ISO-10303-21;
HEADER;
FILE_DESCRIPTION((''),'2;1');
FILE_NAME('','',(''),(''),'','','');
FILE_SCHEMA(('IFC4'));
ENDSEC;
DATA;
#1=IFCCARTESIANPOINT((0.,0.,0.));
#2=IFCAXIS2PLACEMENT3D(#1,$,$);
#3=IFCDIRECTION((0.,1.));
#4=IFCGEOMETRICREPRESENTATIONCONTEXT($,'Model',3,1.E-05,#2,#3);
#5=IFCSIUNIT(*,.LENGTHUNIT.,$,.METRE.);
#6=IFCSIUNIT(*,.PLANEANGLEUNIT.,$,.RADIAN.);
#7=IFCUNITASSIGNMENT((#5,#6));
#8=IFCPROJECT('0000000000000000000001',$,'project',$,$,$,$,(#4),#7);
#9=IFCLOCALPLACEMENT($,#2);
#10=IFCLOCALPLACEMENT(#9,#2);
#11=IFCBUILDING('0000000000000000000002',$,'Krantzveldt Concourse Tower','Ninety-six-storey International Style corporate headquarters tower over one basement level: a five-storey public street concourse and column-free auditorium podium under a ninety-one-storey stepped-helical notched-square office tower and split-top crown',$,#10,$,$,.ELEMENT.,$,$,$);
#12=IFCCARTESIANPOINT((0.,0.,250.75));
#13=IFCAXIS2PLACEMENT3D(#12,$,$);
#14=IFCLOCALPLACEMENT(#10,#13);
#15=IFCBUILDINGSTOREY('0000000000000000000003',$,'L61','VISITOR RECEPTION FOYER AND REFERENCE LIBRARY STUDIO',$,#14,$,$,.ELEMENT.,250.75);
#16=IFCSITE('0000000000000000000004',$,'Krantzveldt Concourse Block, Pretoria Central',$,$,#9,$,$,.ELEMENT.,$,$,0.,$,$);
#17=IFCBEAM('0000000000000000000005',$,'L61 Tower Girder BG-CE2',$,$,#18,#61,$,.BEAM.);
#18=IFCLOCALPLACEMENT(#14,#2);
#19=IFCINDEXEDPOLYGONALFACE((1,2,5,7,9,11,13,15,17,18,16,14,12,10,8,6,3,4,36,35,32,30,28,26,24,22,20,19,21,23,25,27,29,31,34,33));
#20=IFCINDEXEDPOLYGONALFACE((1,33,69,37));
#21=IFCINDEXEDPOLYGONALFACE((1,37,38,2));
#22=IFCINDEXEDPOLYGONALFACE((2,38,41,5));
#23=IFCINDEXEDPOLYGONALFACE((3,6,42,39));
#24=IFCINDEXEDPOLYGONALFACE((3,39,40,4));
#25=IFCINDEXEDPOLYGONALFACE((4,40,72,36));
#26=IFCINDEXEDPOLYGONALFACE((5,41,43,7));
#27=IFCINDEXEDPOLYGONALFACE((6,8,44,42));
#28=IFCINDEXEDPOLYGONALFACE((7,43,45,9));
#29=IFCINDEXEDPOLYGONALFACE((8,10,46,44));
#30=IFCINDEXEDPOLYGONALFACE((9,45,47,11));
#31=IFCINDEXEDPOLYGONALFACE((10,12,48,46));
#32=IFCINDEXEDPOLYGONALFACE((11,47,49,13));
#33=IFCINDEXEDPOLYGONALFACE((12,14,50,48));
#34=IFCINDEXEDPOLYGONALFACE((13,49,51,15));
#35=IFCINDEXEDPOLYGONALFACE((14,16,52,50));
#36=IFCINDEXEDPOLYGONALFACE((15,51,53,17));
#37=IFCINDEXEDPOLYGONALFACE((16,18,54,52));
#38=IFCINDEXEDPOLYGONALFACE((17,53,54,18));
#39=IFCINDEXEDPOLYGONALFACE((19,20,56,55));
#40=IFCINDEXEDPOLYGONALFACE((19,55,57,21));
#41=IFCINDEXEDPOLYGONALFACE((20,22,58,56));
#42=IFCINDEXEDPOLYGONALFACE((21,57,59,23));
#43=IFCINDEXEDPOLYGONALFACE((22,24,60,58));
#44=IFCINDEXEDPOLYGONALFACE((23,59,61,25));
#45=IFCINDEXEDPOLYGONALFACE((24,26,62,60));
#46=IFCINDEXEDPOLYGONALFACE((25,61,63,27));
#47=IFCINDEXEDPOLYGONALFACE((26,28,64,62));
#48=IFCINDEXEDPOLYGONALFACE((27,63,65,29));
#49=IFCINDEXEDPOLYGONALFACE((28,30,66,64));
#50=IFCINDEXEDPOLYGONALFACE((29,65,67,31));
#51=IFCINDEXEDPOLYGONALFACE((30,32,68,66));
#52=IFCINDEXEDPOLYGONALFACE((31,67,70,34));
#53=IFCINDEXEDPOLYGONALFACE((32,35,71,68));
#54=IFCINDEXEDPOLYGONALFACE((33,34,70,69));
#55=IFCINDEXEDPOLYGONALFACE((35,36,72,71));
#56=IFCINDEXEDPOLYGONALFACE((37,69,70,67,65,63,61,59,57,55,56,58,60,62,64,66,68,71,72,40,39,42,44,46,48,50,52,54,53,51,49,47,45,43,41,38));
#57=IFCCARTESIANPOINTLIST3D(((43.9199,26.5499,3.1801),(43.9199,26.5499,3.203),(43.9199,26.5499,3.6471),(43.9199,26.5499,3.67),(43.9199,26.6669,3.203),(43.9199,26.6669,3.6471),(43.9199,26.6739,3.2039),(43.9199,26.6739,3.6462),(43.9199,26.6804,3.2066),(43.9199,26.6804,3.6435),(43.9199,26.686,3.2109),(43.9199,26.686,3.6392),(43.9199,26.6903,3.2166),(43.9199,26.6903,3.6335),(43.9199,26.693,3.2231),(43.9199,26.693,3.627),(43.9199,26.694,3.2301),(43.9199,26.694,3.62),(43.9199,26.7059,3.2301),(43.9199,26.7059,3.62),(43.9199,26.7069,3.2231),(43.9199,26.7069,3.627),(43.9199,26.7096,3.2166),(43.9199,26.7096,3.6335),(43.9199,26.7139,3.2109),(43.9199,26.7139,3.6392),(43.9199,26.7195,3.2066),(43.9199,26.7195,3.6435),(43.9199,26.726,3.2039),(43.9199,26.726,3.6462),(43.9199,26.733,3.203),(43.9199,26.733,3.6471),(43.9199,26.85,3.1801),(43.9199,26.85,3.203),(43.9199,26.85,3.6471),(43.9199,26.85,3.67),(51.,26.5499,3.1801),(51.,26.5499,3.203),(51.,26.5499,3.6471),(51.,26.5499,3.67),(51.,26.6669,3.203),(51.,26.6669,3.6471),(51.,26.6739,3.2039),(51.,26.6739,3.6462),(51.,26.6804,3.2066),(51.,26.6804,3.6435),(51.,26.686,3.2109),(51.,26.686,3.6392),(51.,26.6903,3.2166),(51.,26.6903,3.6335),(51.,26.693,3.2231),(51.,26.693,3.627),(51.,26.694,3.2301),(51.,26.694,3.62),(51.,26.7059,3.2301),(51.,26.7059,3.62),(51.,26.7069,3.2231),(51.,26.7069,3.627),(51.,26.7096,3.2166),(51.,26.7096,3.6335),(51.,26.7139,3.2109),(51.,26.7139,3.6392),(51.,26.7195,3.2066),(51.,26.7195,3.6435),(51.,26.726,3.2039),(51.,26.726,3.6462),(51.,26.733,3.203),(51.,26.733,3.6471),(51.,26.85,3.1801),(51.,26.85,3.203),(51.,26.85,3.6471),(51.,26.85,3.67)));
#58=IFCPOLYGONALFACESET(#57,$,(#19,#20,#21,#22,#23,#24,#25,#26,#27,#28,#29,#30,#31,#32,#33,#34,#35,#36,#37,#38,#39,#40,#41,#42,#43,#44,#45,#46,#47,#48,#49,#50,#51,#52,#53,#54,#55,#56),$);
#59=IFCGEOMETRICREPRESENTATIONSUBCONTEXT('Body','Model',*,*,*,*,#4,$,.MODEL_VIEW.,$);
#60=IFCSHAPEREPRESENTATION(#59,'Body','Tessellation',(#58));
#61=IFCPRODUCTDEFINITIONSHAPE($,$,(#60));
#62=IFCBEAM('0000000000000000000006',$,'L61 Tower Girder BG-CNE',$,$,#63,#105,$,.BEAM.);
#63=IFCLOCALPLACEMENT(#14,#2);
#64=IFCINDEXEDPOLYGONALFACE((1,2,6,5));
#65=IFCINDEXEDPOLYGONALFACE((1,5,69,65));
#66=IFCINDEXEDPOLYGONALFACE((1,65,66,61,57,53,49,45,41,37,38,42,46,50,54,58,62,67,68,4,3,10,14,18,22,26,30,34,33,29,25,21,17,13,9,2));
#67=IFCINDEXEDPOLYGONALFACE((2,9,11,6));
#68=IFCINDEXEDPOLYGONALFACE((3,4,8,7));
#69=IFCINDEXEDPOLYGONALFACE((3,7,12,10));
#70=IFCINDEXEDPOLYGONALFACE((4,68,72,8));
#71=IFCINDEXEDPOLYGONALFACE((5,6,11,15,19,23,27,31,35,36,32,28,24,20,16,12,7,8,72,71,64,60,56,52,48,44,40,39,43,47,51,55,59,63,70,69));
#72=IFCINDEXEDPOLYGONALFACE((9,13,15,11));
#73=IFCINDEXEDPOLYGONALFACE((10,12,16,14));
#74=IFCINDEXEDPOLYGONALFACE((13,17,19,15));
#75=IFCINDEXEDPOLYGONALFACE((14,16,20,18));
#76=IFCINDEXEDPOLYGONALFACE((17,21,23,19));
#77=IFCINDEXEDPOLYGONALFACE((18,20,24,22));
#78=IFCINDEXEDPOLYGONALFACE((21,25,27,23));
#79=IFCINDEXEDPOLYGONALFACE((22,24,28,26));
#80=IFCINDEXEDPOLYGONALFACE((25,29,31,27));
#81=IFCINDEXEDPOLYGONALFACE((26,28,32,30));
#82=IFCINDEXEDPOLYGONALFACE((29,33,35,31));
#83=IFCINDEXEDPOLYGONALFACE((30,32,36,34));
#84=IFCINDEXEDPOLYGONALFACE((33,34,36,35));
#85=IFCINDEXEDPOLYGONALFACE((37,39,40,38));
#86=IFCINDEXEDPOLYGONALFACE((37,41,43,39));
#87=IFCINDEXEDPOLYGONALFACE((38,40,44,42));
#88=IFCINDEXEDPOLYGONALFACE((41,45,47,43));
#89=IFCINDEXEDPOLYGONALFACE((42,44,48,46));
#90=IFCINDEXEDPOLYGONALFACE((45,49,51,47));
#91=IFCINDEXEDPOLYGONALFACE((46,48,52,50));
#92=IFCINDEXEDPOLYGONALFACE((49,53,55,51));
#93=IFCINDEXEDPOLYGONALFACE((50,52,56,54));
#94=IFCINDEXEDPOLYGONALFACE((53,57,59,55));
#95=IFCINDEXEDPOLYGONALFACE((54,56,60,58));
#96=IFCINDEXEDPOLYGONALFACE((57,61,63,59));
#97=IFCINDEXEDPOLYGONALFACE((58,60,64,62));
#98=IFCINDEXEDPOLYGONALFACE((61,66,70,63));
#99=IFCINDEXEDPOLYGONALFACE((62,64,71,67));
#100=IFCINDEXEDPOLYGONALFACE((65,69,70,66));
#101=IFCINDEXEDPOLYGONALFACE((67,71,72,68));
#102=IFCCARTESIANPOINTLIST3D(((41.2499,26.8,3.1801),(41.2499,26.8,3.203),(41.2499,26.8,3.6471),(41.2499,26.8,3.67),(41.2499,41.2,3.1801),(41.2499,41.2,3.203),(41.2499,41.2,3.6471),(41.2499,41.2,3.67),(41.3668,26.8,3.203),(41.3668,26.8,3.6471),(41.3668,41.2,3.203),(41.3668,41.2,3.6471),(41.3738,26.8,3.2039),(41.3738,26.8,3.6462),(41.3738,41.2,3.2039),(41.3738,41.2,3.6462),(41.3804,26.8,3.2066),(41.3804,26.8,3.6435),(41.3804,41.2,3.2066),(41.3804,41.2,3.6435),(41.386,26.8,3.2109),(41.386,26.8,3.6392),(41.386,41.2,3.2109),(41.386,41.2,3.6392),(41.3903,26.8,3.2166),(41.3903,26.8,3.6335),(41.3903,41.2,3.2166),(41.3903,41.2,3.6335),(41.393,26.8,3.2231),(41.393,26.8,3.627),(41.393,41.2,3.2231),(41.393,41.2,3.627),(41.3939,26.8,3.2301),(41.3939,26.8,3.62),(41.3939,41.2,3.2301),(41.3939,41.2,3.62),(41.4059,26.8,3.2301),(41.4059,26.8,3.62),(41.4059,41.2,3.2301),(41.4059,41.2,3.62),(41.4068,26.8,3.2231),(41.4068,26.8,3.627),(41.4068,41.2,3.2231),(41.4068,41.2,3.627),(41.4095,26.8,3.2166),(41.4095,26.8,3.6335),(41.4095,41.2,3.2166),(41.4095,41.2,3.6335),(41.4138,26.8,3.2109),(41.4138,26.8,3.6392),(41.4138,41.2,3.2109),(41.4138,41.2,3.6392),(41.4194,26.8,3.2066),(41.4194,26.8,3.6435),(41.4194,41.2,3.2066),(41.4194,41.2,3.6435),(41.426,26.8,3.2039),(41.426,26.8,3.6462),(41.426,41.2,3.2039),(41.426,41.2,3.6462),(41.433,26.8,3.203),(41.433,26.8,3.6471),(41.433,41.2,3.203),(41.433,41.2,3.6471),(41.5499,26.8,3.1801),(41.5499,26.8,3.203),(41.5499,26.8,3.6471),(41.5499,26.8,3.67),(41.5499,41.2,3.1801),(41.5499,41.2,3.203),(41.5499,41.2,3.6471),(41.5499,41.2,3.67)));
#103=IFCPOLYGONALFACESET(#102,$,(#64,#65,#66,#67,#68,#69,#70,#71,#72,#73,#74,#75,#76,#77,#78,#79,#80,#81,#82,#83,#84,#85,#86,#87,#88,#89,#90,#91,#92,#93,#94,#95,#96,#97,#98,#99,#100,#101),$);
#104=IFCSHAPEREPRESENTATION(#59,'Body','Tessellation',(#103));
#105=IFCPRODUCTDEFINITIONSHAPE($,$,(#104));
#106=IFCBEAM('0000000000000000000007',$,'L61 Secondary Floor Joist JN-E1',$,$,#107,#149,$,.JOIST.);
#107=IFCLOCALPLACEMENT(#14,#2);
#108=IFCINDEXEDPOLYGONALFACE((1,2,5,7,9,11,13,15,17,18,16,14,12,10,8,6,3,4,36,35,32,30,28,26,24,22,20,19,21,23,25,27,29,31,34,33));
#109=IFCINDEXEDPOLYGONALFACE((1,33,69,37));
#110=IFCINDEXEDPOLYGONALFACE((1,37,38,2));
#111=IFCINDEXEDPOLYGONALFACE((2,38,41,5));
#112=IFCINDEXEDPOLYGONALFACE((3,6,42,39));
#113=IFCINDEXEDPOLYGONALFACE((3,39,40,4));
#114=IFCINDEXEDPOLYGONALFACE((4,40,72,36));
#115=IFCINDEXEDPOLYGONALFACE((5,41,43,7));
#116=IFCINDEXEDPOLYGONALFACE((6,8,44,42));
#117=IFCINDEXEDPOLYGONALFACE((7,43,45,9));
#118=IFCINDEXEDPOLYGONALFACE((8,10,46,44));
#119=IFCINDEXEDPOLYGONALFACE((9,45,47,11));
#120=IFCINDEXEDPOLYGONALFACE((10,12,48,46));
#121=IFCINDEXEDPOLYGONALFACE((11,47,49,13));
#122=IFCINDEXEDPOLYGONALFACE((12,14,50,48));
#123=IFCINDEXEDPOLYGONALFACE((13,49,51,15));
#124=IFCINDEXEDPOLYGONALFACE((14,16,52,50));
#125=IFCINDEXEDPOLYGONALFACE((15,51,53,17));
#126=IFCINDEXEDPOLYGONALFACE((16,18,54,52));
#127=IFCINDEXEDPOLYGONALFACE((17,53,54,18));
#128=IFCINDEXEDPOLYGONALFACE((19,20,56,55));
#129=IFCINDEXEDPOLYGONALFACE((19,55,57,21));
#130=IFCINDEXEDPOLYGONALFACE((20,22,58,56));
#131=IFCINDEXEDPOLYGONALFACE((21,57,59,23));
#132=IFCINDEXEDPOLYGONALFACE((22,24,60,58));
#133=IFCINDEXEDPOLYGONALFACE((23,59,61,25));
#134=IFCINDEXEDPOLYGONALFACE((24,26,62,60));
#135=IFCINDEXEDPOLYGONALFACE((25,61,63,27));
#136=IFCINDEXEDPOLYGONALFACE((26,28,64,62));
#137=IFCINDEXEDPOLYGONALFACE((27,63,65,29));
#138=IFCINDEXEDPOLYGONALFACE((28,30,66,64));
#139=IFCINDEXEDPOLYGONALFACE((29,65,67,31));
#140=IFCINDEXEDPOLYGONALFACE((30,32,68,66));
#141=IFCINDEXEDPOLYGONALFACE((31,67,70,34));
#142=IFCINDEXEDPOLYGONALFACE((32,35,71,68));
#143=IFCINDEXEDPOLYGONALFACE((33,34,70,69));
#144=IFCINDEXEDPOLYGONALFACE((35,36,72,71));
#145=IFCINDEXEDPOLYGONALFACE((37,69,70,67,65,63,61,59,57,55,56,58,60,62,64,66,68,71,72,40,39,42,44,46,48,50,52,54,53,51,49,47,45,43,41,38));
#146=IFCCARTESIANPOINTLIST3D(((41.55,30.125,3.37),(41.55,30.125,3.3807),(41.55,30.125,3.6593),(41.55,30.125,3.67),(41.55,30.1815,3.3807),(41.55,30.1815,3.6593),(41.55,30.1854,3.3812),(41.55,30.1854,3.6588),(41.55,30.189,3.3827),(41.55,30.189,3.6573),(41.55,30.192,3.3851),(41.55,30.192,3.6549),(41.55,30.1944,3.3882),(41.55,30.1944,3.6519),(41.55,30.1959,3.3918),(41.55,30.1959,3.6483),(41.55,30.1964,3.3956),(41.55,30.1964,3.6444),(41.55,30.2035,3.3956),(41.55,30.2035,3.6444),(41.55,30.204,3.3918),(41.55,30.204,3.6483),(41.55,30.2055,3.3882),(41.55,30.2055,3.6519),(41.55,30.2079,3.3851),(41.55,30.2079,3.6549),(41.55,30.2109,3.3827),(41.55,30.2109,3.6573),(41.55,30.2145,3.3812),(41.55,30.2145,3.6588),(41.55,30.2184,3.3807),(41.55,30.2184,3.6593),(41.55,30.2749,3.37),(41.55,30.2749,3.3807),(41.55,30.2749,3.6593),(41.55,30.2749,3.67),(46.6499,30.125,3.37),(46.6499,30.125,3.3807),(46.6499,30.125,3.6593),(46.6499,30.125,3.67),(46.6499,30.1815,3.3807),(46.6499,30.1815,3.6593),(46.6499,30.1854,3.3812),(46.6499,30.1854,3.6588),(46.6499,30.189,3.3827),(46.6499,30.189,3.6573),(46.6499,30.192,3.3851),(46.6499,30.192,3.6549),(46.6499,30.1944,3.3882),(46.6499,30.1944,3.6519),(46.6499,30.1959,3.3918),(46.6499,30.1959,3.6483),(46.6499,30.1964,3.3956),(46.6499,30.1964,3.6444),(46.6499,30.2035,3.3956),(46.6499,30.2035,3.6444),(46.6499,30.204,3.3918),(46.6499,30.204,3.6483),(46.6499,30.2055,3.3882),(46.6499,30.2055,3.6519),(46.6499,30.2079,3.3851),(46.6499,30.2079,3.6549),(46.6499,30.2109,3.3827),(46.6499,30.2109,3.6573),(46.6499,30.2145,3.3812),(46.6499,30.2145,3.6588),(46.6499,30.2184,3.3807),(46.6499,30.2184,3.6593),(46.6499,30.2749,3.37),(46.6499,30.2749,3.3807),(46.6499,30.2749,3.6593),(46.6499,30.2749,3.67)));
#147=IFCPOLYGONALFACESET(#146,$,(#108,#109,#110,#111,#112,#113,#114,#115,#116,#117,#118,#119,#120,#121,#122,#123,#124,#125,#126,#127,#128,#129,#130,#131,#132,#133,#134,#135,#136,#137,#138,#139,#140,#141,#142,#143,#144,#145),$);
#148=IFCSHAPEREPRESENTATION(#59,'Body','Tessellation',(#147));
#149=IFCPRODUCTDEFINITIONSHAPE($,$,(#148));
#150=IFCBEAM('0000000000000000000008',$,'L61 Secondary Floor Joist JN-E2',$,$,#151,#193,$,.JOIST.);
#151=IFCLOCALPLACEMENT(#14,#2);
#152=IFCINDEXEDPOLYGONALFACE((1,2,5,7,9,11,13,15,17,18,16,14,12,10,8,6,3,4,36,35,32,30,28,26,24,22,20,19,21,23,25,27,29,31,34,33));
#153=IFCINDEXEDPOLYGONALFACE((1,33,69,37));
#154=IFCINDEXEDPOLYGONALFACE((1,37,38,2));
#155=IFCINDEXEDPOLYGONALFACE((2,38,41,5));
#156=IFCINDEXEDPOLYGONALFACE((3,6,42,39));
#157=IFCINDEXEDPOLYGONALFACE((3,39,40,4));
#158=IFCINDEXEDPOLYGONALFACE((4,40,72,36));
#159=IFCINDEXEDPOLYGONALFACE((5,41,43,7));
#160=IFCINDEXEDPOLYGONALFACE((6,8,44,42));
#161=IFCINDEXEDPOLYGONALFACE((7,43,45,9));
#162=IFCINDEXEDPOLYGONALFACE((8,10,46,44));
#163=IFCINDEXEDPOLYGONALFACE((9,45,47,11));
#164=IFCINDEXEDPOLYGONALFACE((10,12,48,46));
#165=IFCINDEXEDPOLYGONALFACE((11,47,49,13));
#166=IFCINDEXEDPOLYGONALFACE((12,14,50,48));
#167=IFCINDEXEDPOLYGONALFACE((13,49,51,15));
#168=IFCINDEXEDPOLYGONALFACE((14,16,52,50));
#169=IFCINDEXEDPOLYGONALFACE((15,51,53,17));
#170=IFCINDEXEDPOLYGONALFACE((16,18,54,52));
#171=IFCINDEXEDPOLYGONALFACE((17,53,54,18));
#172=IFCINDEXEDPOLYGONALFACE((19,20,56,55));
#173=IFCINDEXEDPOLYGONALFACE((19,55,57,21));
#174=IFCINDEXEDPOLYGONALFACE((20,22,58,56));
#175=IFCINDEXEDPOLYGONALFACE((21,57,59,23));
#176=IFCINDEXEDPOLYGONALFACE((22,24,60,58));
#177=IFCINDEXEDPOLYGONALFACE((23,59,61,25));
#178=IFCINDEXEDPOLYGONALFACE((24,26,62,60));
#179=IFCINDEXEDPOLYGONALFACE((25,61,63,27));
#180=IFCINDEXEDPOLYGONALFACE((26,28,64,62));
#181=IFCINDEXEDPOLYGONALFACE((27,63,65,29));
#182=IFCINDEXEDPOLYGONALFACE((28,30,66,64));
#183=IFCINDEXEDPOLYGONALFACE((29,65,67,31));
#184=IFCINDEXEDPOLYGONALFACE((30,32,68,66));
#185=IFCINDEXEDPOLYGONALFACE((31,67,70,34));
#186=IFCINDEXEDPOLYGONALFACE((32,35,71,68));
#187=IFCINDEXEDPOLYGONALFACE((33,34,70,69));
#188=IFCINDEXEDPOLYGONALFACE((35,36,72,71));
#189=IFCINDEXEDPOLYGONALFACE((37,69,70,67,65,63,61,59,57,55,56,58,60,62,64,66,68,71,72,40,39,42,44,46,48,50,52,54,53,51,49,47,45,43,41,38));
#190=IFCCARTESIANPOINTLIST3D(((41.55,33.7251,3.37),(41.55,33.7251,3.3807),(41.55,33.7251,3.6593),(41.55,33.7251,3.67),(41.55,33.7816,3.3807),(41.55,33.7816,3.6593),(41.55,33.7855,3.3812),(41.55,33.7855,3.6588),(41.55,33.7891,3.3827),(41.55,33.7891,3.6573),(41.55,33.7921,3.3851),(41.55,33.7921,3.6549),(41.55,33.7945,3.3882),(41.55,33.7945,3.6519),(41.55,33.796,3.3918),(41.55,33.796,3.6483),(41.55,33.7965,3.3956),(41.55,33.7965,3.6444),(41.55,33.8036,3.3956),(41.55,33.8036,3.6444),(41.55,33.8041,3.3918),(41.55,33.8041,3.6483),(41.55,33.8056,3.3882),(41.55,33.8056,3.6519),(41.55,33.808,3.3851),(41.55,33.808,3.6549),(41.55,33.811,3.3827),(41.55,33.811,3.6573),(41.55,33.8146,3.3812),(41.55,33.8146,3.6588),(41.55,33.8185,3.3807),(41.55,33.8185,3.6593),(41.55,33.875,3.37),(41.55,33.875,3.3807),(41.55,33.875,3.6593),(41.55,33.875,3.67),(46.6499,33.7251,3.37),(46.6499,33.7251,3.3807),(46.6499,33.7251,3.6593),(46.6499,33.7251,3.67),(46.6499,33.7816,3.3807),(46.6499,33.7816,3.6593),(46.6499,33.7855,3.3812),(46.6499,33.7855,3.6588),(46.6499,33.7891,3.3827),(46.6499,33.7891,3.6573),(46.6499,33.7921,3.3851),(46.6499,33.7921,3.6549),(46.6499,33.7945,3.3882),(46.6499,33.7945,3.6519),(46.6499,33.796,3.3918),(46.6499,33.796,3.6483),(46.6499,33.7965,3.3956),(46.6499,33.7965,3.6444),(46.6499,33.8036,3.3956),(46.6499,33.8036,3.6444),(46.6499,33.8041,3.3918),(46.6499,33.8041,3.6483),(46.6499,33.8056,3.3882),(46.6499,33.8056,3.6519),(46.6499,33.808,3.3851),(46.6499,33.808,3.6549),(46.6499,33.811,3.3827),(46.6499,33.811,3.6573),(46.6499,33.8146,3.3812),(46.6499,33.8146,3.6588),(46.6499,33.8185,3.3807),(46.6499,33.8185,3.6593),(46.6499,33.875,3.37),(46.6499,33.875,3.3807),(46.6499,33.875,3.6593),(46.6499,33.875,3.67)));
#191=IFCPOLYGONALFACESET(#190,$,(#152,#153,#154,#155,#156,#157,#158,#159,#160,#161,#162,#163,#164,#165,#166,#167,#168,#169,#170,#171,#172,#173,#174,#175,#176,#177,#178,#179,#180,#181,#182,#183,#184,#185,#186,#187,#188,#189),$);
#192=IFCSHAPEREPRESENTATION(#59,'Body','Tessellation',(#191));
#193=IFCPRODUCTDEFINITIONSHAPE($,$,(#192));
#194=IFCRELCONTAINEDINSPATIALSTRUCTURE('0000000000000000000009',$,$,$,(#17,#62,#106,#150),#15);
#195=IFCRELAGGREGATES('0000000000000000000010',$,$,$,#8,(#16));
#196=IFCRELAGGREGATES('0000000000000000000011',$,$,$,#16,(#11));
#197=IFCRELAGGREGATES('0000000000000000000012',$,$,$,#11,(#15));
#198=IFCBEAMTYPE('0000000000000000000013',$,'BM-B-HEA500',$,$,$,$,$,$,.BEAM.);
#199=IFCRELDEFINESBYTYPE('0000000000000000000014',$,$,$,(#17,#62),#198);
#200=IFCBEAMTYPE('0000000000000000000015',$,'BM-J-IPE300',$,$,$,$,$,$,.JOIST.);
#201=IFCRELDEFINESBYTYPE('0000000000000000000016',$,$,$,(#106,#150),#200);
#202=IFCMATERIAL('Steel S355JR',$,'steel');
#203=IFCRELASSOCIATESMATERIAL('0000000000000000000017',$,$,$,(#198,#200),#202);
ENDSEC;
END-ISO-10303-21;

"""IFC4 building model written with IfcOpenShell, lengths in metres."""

from ifc_helpers import new_model, si_unit, direction, frame, origin, origin_2d, place, context, subcontext, project, spatial, i_section, extrude, source, transform, mapped, material, material_profile, profile_set, type_object, type_shapes, element, save


model = new_model("IFC4")

# Units and contexts
model_context = context("Model", 3, precision=1e-05, world=origin(), true_north=direction((0.0, 1.0)))
body_context = subcontext(model_context, "Body", "Model", "MODEL_VIEW")
ifc_project = project(units=[si_unit("LENGTHUNIT", "METRE"), si_unit("PLANEANGLEUNIT", "RADIAN")], contexts=[model_context])

# Site, building, storey
site_placement = place(None, origin())
site = spatial("IfcSite", under=ifc_project, at=site_placement, Name="Krantzveldt Concourse Block, Pretoria Central", CompositionType="ELEMENT", RefElevation=0.0)
building_placement = place(site_placement, origin())
building = spatial("IfcBuilding", under=site, at=building_placement, Name="Krantzveldt Concourse Tower", Description="Ninety-six-storey International Style corporate headquarters tower over one basement level: a five-storey public street concourse and column-free auditorium podium under a ninety-one-storey stepped-helical notched-square office tower and split-top crown", CompositionType="ELEMENT")
storey_placement = place(building_placement, frame((0.0, 0.0, 250.75)))
storey = spatial("IfcBuildingStorey", under=building, at=storey_placement, Name="L61", Description="VISITOR RECEPTION FOYER AND REFERENCE LIBRARY STUDIO", CompositionType="ELEMENT", Elevation=250.75)

# Beams
ifc_material_1 = material(Name="Steel S355JR", Category="steel")
ifc_material_profile_1 = material_profile(ifc_material_1, i_section(OverallWidth=0.3, OverallDepth=0.49, WebThickness=0.012, FlangeThickness=0.0229, FilletRadius=0.0271, at=origin_2d()), Name="Steel S355JR", Category="steel")
ifc_profile_set_1 = profile_set([ifc_material_profile_1], Name="Steel S355JR - HEA 500")
beam_type_1 = type_object("IfcBeamType", Name="BM-B-HEA500", PredefinedType="BEAM", material=ifc_profile_set_1)
shared_shape_1 = source(origin(), body_context, "Body", "SweptSolid", [
    extrude(i_section(OverallWidth=0.3, OverallDepth=0.49, WebThickness=0.012, FlangeThickness=0.0229, FilletRadius=0.0271, at=origin_2d()), origin(), (0.0, 0.0, 1.0), 7.0801),
])
beam_1_placement = place(storey_placement, frame((43.9199, 26.7, 3.425), z_axis=(1.0, 0.0, 0.0), x_axis=(0.0, 1.0, 0.0)))
element("IfcBeam", 1, at=beam_1_placement, inside=storey, type_object=beam_type_1, Name="L61 Tower Girder BG-CE2", PredefinedType="BEAM", context=body_context, shape_type="MappedRepresentation", body=[
    mapped(shared_shape_1, transform((0.0, 0.0, 0.0), x_axis=(1.0, 0.0, 0.0), y_axis=(0.0, 1.0, 0.0), z_axis=(0.0, 0.0, 1.0), scale=1.0)),
])
shared_shape_2 = source(origin(), body_context, "Body", "SweptSolid", [
    extrude(i_section(OverallWidth=0.3, OverallDepth=0.49, WebThickness=0.012, FlangeThickness=0.0229, FilletRadius=0.0271, at=origin_2d()), origin(), (0.0, 0.0, 1.0), 14.3999),
])
type_shapes(beam_type_1, [shared_shape_1, shared_shape_2])
beam_2_placement = place(storey_placement, frame((41.3999, 26.8, 3.425), z_axis=(0.0, 1.0, 0.0), x_axis=(-1.0, 0.0, 0.0)))
element("IfcBeam", 2, at=beam_2_placement, inside=storey, type_object=beam_type_1, Name="L61 Tower Girder BG-CNE", PredefinedType="BEAM", context=body_context, shape_type="MappedRepresentation", body=[
    mapped(shared_shape_2, transform((0.0, 0.0, 0.0), x_axis=(1.0, 0.0, 0.0), y_axis=(0.0, 1.0, 0.0), z_axis=(0.0, 0.0, 1.0), scale=1.0)),
])
ifc_material_profile_2 = material_profile(ifc_material_1, i_section(OverallWidth=0.1499, OverallDepth=0.3, WebThickness=0.0071, FlangeThickness=0.0107, FilletRadius=0.0149, at=origin_2d()), Name="Steel S355JR", Category="steel")
ifc_profile_set_2 = profile_set([ifc_material_profile_2], Name="Steel S355JR - IPE 300")
beam_type_2 = type_object("IfcBeamType", Name="BM-J-IPE300", PredefinedType="JOIST", material=ifc_profile_set_2)
shared_shape_3 = source(origin(), body_context, "Body", "SweptSolid", [
    extrude(i_section(OverallWidth=0.1499, OverallDepth=0.3, WebThickness=0.0071, FlangeThickness=0.0107, FilletRadius=0.0149, at=origin_2d()), origin(), (0.0, 0.0, 1.0), 5.0999),
])
type_shapes(beam_type_2, [shared_shape_3])
for number, where, z_axis, x_axis, name in (
    (3, (41.55, 30.2, 3.52), (1.0, 0.0, 0.0), (0.0, 1.0, 0.0), "L61 Secondary Floor Joist JN-E1"),
    (4, (41.55, 33.8, 3.52), (1.0, 0.0, 0.0), (0.0, 1.0, 0.0), "L61 Secondary Floor Joist JN-E2"),
):
    element("IfcBeam", number, at=place(storey_placement, frame(where, z_axis=z_axis, x_axis=x_axis)), inside=storey, type_object=beam_type_2, Name=name, PredefinedType="JOIST", context=body_context, shape_type="MappedRepresentation", body=[
        mapped(shared_shape_3, transform((0.0, 0.0, 0.0), x_axis=(1.0, 0.0, 0.0), y_axis=(0.0, 1.0, 0.0), z_axis=(0.0, 0.0, 1.0), scale=1.0)),
    ])

save(model, "model.ifc")
